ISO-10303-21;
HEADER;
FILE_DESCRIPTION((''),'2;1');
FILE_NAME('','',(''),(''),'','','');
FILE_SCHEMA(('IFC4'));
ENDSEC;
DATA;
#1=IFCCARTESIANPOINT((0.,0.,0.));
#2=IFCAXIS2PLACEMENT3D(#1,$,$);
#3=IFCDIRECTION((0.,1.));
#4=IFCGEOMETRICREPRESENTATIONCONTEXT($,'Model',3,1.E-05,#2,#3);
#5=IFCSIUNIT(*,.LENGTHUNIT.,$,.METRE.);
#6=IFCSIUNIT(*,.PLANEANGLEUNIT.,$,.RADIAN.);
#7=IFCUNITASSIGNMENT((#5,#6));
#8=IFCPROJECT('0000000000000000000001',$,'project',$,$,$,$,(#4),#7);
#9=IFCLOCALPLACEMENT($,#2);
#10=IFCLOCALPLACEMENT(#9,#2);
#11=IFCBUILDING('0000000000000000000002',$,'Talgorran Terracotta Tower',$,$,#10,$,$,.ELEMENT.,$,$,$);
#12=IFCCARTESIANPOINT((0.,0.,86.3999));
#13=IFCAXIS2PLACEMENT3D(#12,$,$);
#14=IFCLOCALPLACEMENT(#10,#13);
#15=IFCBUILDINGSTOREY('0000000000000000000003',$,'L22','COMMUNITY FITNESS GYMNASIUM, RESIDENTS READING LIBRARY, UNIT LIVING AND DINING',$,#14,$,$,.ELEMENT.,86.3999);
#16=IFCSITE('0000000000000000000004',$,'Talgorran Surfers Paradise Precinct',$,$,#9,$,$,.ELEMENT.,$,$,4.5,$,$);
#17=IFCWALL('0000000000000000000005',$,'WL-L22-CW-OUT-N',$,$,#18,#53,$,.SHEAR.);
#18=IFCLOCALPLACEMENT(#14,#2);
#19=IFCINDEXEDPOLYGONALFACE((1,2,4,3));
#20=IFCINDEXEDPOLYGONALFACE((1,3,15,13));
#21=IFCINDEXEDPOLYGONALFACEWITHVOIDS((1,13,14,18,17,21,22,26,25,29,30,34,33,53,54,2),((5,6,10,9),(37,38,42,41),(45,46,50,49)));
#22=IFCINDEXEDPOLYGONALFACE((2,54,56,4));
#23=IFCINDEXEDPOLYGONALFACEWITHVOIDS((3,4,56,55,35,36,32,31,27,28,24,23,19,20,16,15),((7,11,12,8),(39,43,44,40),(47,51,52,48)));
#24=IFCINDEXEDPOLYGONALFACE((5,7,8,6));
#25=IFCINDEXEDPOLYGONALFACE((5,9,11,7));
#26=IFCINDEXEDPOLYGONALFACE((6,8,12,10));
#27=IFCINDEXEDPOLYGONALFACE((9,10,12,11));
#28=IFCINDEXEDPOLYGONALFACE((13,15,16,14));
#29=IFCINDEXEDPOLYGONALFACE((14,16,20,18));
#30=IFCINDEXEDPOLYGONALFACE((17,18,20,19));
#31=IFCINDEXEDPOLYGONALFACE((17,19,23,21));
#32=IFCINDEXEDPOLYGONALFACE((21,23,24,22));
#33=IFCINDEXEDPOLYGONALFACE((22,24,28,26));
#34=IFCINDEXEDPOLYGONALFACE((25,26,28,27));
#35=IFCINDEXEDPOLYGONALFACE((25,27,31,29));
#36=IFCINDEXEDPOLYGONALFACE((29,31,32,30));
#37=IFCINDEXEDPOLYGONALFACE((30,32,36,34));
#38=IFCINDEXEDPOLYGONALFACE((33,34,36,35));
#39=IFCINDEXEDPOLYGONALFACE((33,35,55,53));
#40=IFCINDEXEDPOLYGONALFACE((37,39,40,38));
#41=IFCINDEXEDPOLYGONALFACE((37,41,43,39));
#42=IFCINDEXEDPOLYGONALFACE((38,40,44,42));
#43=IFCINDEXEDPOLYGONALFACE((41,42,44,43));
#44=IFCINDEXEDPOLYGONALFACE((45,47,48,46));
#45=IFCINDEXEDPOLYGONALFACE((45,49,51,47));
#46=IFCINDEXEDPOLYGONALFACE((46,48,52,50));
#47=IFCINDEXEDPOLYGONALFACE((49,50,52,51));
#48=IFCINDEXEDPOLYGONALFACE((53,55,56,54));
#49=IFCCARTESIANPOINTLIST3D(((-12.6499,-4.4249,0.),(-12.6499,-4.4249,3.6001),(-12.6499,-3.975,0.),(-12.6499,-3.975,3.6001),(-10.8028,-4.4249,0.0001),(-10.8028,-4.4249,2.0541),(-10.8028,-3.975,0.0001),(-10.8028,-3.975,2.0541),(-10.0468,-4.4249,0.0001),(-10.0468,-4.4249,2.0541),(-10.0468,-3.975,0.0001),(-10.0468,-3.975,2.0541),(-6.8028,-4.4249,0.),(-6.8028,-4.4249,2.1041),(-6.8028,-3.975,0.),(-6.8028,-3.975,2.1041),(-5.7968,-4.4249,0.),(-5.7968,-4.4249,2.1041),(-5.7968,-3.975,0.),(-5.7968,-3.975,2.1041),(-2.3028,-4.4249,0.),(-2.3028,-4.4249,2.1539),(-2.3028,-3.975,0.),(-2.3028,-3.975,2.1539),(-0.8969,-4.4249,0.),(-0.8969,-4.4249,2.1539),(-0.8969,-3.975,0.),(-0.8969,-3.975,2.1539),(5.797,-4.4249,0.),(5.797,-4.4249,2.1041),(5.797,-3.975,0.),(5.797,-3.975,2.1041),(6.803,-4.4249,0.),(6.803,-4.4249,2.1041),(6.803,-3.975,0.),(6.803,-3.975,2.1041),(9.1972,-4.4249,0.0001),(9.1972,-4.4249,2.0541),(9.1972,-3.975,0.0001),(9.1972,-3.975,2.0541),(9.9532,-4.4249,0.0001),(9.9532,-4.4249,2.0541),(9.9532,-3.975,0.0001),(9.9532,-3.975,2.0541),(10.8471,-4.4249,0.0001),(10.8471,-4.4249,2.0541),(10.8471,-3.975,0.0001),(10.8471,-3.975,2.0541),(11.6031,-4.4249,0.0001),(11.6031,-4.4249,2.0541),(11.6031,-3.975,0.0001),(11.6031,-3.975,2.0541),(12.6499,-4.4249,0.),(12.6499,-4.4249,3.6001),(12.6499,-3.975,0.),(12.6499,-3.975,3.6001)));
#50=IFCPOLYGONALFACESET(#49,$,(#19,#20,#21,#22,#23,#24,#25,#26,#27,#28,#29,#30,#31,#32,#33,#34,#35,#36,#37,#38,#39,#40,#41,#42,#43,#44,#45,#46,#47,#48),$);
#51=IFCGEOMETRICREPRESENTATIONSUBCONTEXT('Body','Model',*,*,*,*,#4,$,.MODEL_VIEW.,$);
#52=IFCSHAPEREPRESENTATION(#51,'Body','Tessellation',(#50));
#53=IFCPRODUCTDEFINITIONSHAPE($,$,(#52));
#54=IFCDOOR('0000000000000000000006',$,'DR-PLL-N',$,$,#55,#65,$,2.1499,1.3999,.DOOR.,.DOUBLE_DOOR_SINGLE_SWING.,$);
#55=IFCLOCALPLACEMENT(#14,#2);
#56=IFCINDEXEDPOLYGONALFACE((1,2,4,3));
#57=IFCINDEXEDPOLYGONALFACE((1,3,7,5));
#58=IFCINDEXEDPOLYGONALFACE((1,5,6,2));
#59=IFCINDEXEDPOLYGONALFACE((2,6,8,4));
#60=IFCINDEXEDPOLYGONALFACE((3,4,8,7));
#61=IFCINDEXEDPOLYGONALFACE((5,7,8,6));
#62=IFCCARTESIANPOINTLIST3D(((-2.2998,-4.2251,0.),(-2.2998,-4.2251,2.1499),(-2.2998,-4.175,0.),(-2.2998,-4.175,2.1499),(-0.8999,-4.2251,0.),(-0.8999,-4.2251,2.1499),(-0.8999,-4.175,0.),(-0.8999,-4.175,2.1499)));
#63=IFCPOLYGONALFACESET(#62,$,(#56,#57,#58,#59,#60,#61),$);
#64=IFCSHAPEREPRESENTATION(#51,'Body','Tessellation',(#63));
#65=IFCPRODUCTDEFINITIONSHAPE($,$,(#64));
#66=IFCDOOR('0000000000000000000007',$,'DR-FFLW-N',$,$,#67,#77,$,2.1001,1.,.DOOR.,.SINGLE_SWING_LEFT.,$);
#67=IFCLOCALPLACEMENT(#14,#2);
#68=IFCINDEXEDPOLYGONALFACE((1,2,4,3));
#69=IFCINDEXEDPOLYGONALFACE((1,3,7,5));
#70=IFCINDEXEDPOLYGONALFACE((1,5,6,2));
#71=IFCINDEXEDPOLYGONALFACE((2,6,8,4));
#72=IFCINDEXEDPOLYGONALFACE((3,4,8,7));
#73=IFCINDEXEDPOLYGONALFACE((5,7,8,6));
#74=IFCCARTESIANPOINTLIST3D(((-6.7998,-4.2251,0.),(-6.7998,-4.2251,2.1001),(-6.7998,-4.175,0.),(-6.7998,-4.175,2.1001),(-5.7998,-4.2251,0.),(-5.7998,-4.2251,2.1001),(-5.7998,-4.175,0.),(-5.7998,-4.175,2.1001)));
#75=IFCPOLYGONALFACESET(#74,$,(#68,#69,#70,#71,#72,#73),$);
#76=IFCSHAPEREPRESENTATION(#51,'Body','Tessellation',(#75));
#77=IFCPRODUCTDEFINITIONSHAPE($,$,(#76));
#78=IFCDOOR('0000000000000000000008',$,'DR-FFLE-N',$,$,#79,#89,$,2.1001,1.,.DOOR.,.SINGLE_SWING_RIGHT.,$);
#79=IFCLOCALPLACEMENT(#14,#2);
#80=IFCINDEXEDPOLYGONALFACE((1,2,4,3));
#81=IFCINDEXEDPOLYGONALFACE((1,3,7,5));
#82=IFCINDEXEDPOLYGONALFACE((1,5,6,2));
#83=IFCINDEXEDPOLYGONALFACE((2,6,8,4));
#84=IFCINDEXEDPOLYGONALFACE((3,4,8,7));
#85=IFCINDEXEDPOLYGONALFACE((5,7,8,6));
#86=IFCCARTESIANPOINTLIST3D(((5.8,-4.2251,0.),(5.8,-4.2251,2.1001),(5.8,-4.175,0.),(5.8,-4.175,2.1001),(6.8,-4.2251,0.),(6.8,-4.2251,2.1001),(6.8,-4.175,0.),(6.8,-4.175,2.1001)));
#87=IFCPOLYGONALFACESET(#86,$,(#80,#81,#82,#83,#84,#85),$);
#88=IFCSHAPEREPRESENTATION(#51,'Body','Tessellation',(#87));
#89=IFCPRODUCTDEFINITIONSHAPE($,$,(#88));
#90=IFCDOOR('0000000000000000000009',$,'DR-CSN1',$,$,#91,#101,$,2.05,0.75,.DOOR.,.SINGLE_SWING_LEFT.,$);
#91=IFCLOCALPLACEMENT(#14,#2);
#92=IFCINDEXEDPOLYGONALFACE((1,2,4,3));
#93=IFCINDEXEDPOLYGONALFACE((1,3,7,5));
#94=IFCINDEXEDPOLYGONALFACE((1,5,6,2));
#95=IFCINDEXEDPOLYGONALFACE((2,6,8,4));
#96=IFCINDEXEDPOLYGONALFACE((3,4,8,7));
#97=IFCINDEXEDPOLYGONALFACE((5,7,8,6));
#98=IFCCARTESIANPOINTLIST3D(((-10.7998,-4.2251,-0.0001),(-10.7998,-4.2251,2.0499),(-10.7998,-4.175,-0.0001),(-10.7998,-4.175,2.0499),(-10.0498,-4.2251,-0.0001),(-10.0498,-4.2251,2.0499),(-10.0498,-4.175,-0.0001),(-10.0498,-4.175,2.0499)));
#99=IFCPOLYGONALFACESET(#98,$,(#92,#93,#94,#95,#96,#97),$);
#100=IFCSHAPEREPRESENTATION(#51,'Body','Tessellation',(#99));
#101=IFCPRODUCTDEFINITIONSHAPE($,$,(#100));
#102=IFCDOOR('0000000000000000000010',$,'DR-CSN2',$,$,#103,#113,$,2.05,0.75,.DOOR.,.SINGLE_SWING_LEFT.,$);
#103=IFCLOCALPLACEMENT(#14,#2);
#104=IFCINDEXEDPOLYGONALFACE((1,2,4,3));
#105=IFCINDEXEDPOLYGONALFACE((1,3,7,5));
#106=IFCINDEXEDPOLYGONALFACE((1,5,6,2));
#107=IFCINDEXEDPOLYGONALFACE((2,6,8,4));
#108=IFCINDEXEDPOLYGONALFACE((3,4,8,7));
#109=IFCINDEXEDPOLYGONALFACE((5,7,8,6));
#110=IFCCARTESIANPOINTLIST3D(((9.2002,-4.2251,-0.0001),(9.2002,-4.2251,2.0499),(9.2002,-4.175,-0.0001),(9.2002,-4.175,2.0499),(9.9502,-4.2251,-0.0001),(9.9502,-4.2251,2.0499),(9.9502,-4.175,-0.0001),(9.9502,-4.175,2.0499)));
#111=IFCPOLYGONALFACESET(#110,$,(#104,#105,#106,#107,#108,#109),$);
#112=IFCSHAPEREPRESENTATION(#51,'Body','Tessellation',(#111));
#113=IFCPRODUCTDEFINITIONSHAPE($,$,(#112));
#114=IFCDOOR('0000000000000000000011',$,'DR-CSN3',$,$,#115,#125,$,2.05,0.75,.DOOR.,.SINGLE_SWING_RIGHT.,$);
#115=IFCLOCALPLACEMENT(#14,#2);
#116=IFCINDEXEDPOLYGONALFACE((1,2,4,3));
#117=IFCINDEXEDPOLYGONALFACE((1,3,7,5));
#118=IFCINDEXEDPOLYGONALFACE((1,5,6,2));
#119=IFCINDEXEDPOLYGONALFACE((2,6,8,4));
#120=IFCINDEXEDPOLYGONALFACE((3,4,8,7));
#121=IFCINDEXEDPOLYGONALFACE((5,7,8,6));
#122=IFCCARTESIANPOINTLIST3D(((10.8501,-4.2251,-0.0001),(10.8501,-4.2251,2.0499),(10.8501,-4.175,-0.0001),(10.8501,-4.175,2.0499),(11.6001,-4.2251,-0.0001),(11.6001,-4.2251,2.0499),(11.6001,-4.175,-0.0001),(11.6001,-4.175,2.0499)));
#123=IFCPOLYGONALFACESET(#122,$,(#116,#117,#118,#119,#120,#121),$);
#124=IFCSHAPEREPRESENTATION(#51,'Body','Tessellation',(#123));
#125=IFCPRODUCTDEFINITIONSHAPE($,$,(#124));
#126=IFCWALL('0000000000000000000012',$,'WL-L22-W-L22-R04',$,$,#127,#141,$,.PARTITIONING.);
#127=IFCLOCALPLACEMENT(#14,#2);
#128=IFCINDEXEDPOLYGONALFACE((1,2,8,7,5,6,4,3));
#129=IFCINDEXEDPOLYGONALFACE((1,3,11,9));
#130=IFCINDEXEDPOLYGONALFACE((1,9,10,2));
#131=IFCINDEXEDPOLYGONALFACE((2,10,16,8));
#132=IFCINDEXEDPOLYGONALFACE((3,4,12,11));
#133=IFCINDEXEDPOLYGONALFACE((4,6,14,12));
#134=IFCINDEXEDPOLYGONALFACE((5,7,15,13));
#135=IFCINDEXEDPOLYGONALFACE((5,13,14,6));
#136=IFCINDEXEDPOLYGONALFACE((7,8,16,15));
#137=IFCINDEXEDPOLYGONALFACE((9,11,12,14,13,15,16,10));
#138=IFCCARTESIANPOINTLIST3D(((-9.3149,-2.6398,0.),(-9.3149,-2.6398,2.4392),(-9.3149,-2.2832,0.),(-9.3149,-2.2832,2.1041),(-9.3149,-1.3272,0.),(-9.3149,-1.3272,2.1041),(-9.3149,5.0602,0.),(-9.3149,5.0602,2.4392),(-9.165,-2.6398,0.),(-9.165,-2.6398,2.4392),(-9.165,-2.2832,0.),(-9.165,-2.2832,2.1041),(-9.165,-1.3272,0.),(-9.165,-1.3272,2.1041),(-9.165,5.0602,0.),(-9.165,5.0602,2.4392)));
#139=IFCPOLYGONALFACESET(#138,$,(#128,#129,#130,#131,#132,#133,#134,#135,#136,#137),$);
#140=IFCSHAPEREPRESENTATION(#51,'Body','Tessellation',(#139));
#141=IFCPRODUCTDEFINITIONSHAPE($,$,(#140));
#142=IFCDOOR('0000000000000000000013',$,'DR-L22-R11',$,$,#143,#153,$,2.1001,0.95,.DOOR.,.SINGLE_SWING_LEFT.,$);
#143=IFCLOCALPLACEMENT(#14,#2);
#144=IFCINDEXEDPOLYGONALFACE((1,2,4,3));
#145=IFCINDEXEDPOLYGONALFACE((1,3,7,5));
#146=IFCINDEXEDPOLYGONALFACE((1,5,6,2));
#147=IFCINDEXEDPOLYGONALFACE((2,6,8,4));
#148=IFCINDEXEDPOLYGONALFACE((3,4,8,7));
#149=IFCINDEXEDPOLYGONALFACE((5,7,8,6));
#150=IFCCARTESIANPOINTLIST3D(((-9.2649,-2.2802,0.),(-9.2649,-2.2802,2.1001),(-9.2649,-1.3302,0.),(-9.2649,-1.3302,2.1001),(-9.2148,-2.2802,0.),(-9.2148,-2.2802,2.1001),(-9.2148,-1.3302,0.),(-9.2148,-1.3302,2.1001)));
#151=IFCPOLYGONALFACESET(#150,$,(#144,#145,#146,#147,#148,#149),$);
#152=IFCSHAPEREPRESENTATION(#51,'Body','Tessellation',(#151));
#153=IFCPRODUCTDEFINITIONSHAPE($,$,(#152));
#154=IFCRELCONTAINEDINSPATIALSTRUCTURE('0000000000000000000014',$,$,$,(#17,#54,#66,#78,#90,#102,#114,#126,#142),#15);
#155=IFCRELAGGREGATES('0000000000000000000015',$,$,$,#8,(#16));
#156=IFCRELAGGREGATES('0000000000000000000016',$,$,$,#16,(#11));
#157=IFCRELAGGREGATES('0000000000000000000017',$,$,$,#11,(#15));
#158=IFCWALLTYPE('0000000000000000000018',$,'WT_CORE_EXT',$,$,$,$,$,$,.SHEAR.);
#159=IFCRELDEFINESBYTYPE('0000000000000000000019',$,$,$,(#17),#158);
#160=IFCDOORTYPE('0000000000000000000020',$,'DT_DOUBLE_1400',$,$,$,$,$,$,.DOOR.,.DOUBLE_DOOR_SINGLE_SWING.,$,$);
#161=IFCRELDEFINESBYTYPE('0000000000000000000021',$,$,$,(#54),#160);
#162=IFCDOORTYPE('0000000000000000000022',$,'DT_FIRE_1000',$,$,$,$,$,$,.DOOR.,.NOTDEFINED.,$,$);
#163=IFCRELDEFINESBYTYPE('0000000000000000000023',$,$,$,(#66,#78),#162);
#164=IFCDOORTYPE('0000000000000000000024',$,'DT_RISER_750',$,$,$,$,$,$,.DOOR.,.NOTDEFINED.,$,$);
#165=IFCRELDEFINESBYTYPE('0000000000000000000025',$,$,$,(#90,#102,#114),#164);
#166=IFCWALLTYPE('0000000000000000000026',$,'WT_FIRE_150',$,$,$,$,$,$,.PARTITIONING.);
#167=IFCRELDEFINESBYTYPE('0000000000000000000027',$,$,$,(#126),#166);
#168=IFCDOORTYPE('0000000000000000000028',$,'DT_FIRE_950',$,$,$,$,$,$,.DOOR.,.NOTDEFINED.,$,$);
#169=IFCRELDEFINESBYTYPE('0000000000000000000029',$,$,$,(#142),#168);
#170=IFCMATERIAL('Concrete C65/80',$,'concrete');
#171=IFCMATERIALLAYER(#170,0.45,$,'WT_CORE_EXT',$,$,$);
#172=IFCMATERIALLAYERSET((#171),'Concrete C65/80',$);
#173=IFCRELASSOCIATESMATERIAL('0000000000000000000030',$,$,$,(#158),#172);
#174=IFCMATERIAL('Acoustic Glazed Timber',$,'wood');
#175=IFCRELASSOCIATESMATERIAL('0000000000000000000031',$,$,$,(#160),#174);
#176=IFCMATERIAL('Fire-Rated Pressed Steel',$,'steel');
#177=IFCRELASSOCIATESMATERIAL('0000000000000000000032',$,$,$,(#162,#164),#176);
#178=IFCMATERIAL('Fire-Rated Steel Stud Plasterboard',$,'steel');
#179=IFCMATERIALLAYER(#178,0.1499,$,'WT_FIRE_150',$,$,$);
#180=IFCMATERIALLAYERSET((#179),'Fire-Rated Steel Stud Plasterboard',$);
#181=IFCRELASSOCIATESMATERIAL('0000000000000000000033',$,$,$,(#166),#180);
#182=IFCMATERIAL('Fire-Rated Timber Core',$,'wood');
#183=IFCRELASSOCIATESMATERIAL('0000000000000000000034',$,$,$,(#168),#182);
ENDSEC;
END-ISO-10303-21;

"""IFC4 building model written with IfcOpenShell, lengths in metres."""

from ifc_helpers import new_model, si_unit, direction, frame, frame_2d, origin, place, context, subcontext, project, spatial, rectangle, extrude, material, layer, layer_set, type_object, element, fill, save


model = new_model("IFC4")

# Units and contexts
model_context = context("Model", 3, precision=1e-05, world=origin(), true_north=direction((0.0, 1.0)))
body_context = subcontext(model_context, "Body", "Model", "MODEL_VIEW")
ifc_project = project(units=[si_unit("LENGTHUNIT", "METRE"), si_unit("PLANEANGLEUNIT", "RADIAN")], contexts=[model_context])

# Site, building, storey
site_placement = place(None, origin())
site = spatial("IfcSite", under=ifc_project, at=site_placement, Name="Talgorran Surfers Paradise Precinct", CompositionType="ELEMENT", RefElevation=4.5)
building_placement = place(site_placement, origin())
building = spatial("IfcBuilding", under=site, at=building_placement, Name="Talgorran Terracotta Tower", CompositionType="ELEMENT")
storey_placement = place(building_placement, frame((0.0, 0.0, 86.3999)))
storey = spatial("IfcBuildingStorey", under=building, at=storey_placement, Name="L22", Description="COMMUNITY FITNESS GYMNASIUM, RESIDENTS READING LIBRARY, UNIT LIVING AND DINING", CompositionType="ELEMENT", Elevation=86.3999)

# Wall, openings, doors
ifc_material_1 = material(Name="Concrete C65/80", Category="concrete")
ifc_layer_1 = layer(ifc_material_1, 0.45, Name="WT_CORE_EXT")
ifc_layer_set_1 = layer_set([ifc_layer_1], Name="Concrete C65/80")
wall_type_1 = type_object("IfcWallType", Name="WT_CORE_EXT", PredefinedType="SHEAR", material=ifc_layer_set_1)
wall_1_placement = place(storey_placement, frame((-12.6499, -4.2, 0.0), z_axis=(0.0, 0.0, 1.0), x_axis=(1.0, 0.0, 0.0)))
wall_1 = element("IfcWall", 1, at=wall_1_placement, inside=storey, type_object=wall_type_1, Name="WL-L22-CW-OUT-N", PredefinedType="SHEAR", context=body_context, shape_type="SweptSolid", body=[
    extrude(rectangle(XDim=25.2998, YDim=0.45, at=frame_2d((12.6499, 0.0))), origin(), (0.0, 0.0, 1.0), 3.6001),
])
opening_1_placement = place(wall_1_placement, frame((1.8501, 0.0, 0.0)))
opening_1 = element("IfcOpeningElement", 2, at=opening_1_placement, cuts=wall_1, PredefinedType="OPENING", context=body_context, shape_type="SweptSolid", body=[
    extrude(rectangle(XDim=0.756, YDim=2.054, at=frame_2d((0.375, 1.0271))), frame((0.0, 0.2349, 0.0), z_axis=(0.0, -1.0, 0.0), x_axis=(1.0, 0.0, 0.0)), (0.0, 0.0, 1.0), 0.47),
])
opening_2_placement = place(wall_1_placement, frame((21.8501, 0.0, 0.0)))
opening_2 = element("IfcOpeningElement", 3, at=opening_2_placement, cuts=wall_1, PredefinedType="OPENING", context=body_context, shape_type="SweptSolid", body=[
    extrude(rectangle(XDim=0.756, YDim=2.054, at=frame_2d((0.375, 1.0271))), frame((0.0, 0.2349, 0.0), z_axis=(0.0, -1.0, 0.0), x_axis=(1.0, 0.0, 0.0)), (0.0, 0.0, 1.0), 0.47),
])
opening_3_placement = place(wall_1_placement, frame((23.5, 0.0, 0.0)))
opening_3 = element("IfcOpeningElement", 4, at=opening_3_placement, cuts=wall_1, PredefinedType="OPENING", context=body_context, shape_type="SweptSolid", body=[
    extrude(rectangle(XDim=0.756, YDim=2.054, at=frame_2d((0.375, 1.0271))), frame((0.0, 0.2349, 0.0), z_axis=(0.0, -1.0, 0.0), x_axis=(1.0, 0.0, 0.0)), (0.0, 0.0, 1.0), 0.47),
])
opening_4_placement = place(wall_1_placement, frame((5.8501, 0.0, 0.0)))
opening_4 = element("IfcOpeningElement", 5, at=opening_4_placement, cuts=wall_1, PredefinedType="OPENING", context=body_context, shape_type="SweptSolid", body=[
    extrude(rectangle(XDim=1.006, YDim=2.1041, at=frame_2d((0.5, 1.052))), frame((0.0, 0.2349, 0.0), z_axis=(0.0, -1.0, 0.0), x_axis=(1.0, 0.0, 0.0)), (0.0, 0.0, 1.0), 0.47),
])
opening_5_placement = place(wall_1_placement, frame((10.3501, 0.0, 0.0)))
opening_5 = element("IfcOpeningElement", 6, at=opening_5_placement, cuts=wall_1, PredefinedType="OPENING", context=body_context, shape_type="SweptSolid", body=[
    extrude(rectangle(XDim=1.4059, YDim=2.1539, at=frame_2d((0.7, 1.0769))), frame((0.0, 0.2349, 0.0), z_axis=(0.0, -1.0, 0.0), x_axis=(1.0, 0.0, 0.0)), (0.0, 0.0, 1.0), 0.47),
])
opening_6_placement = place(wall_1_placement, frame((18.45, 0.0, 0.0)))
opening_6 = element("IfcOpeningElement", 7, at=opening_6_placement, cuts=wall_1, PredefinedType="OPENING", context=body_context, shape_type="SweptSolid", body=[
    extrude(rectangle(XDim=1.006, YDim=2.1041, at=frame_2d((0.5, 1.052))), frame((0.0, 0.2349, 0.0), z_axis=(0.0, -1.0, 0.0), x_axis=(1.0, 0.0, 0.0)), (0.0, 0.0, 1.0), 0.47),
])
ifc_material_2 = material(Name="Acoustic Glazed Timber", Category="wood")
door_type_1 = type_object("IfcDoorType", Name="DT_DOUBLE_1400", OperationType="DOUBLE_DOOR_SINGLE_SWING", PredefinedType="DOOR", material=ifc_material_2)
door_1_placement = place(opening_5_placement, origin())
door_1 = element("IfcDoor", 8, at=door_1_placement, inside=storey, type_object=door_type_1, Name="DR-PLL-N", OperationType="DOUBLE_DOOR_SINGLE_SWING", OverallHeight=2.1499, OverallWidth=1.3999, PredefinedType="DOOR", context=body_context, shape_type="SweptSolid", body=[
    extrude(rectangle(XDim=1.3999, YDim=2.1499, at=frame_2d((0.7, 1.075))), frame((0.0, 0.0249, 0.0), z_axis=(0.0, -1.0, 0.0), x_axis=(1.0, 0.0, 0.0)), (0.0, 0.0, 1.0), 0.05),
])
fill(opening_5, door_1)
ifc_material_3 = material(Name="Fire-Rated Pressed Steel", Category="steel")
door_type_2 = type_object("IfcDoorType", Name="DT_FIRE_1000", OperationType="NOTDEFINED", PredefinedType="DOOR", material=ifc_material_3)
door_2_placement = place(opening_4_placement, origin())
door_2 = element("IfcDoor", 9, at=door_2_placement, inside=storey, type_object=door_type_2, Name="DR-FFLW-N", OperationType="SINGLE_SWING_LEFT", OverallHeight=2.1001, OverallWidth=1.0, PredefinedType="DOOR", context=body_context, shape_type="SweptSolid", body=[
    extrude(rectangle(XDim=1.0, YDim=2.1001, at=frame_2d((0.5, 1.05))), frame((0.0, 0.0249, 0.0), z_axis=(0.0, -1.0, 0.0), x_axis=(1.0, 0.0, 0.0)), (0.0, 0.0, 1.0), 0.05),
])
fill(opening_4, door_2)
door_3_placement = place(opening_6_placement, origin())
door_3 = element("IfcDoor", 10, at=door_3_placement, inside=storey, type_object=door_type_2, Name="DR-FFLE-N", OperationType="SINGLE_SWING_RIGHT", OverallHeight=2.1001, OverallWidth=1.0, PredefinedType="DOOR", context=body_context, shape_type="SweptSolid", body=[
    extrude(rectangle(XDim=1.0, YDim=2.1001, at=frame_2d((0.5, 1.05))), frame((0.0, 0.0249, 0.0), z_axis=(0.0, -1.0, 0.0), x_axis=(1.0, 0.0, 0.0)), (0.0, 0.0, 1.0), 0.05),
])
fill(opening_6, door_3)
door_type_3 = type_object("IfcDoorType", Name="DT_RISER_750", OperationType="NOTDEFINED", PredefinedType="DOOR", material=ifc_material_3)
door_4_placement = place(opening_1_placement, origin())
door_4 = element("IfcDoor", 11, at=door_4_placement, inside=storey, type_object=door_type_3, Name="DR-CSN1", OperationType="SINGLE_SWING_LEFT", OverallHeight=2.05, OverallWidth=0.75, PredefinedType="DOOR", context=body_context, shape_type="SweptSolid", body=[
    extrude(rectangle(XDim=0.75, YDim=2.05, at=frame_2d((0.375, 1.0249))), frame((0.0, 0.0249, 0.0), z_axis=(0.0, -1.0, 0.0), x_axis=(1.0, 0.0, 0.0)), (0.0, 0.0, 1.0), 0.05),
])
fill(opening_1, door_4)
door_5_placement = place(opening_2_placement, origin())
door_5 = element("IfcDoor", 12, at=door_5_placement, inside=storey, type_object=door_type_3, Name="DR-CSN2", OperationType="SINGLE_SWING_LEFT", OverallHeight=2.05, OverallWidth=0.75, PredefinedType="DOOR", context=body_context, shape_type="SweptSolid", body=[
    extrude(rectangle(XDim=0.75, YDim=2.05, at=frame_2d((0.375, 1.0249))), frame((0.0, 0.0249, 0.0), z_axis=(0.0, -1.0, 0.0), x_axis=(1.0, 0.0, 0.0)), (0.0, 0.0, 1.0), 0.05),
])
fill(opening_2, door_5)
door_6_placement = place(opening_3_placement, origin())
door_6 = element("IfcDoor", 13, at=door_6_placement, inside=storey, type_object=door_type_3, Name="DR-CSN3", OperationType="SINGLE_SWING_RIGHT", OverallHeight=2.05, OverallWidth=0.75, PredefinedType="DOOR", context=body_context, shape_type="SweptSolid", body=[
    extrude(rectangle(XDim=0.75, YDim=2.05, at=frame_2d((0.375, 1.0249))), frame((0.0, 0.0249, 0.0), z_axis=(0.0, -1.0, 0.0), x_axis=(1.0, 0.0, 0.0)), (0.0, 0.0, 1.0), 0.05),
])
fill(opening_3, door_6)

# Wall, opening, door
ifc_material_4 = material(Name="Fire-Rated Steel Stud Plasterboard", Category="steel")
ifc_layer_2 = layer(ifc_material_4, 0.1499, Name="WT_FIRE_150")
ifc_layer_set_2 = layer_set([ifc_layer_2], Name="Fire-Rated Steel Stud Plasterboard")
wall_type_2 = type_object("IfcWallType", Name="WT_FIRE_150", PredefinedType="PARTITIONING", material=ifc_layer_set_2)
wall_2_placement = place(storey_placement, frame((-9.24, -2.6399, 0.0), z_axis=(0.0, 0.0, 1.0), x_axis=(0.0, 1.0, 0.0)))
wall_2 = element("IfcWall", 14, at=wall_2_placement, inside=storey, type_object=wall_type_2, Name="WL-L22-W-L22-R04", PredefinedType="PARTITIONING", context=body_context, shape_type="SweptSolid", body=[
    extrude(rectangle(XDim=7.7, YDim=0.1499, at=frame_2d((3.8501, 0.0))), origin(), (0.0, 0.0, 1.0), 2.4392),
])
opening_7_placement = place(wall_2_placement, frame((0.3596, 0.0, 0.0)))
opening_7 = element("IfcOpeningElement", 15, at=opening_7_placement, cuts=wall_2, PredefinedType="OPENING", context=body_context, shape_type="SweptSolid", body=[
    extrude(rectangle(XDim=0.956, YDim=2.1041, at=frame_2d((0.4751, 1.052))), frame((0.0, 0.085, 0.0), z_axis=(0.0, -1.0, 0.0), x_axis=(1.0, 0.0, 0.0)), (0.0, 0.0, 1.0), 0.1699),
])
ifc_material_5 = material(Name="Fire-Rated Timber Core", Category="wood")
door_type_4 = type_object("IfcDoorType", Name="DT_FIRE_950", OperationType="NOTDEFINED", PredefinedType="DOOR", material=ifc_material_5)
door_7_placement = place(opening_7_placement, origin())
door_7 = element("IfcDoor", 16, at=door_7_placement, inside=storey, type_object=door_type_4, Name="DR-L22-R11", OperationType="SINGLE_SWING_LEFT", OverallHeight=2.1001, OverallWidth=0.95, PredefinedType="DOOR", context=body_context, shape_type="SweptSolid", body=[
    extrude(rectangle(XDim=0.95, YDim=2.1001, at=frame_2d((0.4751, 1.05))), frame((0.0, 0.0249, 0.0), z_axis=(0.0, -1.0, 0.0), x_axis=(1.0, 0.0, 0.0)), (0.0, 0.0, 1.0), 0.05),
])
fill(opening_7, door_7)

save(model, "model.ifc")
